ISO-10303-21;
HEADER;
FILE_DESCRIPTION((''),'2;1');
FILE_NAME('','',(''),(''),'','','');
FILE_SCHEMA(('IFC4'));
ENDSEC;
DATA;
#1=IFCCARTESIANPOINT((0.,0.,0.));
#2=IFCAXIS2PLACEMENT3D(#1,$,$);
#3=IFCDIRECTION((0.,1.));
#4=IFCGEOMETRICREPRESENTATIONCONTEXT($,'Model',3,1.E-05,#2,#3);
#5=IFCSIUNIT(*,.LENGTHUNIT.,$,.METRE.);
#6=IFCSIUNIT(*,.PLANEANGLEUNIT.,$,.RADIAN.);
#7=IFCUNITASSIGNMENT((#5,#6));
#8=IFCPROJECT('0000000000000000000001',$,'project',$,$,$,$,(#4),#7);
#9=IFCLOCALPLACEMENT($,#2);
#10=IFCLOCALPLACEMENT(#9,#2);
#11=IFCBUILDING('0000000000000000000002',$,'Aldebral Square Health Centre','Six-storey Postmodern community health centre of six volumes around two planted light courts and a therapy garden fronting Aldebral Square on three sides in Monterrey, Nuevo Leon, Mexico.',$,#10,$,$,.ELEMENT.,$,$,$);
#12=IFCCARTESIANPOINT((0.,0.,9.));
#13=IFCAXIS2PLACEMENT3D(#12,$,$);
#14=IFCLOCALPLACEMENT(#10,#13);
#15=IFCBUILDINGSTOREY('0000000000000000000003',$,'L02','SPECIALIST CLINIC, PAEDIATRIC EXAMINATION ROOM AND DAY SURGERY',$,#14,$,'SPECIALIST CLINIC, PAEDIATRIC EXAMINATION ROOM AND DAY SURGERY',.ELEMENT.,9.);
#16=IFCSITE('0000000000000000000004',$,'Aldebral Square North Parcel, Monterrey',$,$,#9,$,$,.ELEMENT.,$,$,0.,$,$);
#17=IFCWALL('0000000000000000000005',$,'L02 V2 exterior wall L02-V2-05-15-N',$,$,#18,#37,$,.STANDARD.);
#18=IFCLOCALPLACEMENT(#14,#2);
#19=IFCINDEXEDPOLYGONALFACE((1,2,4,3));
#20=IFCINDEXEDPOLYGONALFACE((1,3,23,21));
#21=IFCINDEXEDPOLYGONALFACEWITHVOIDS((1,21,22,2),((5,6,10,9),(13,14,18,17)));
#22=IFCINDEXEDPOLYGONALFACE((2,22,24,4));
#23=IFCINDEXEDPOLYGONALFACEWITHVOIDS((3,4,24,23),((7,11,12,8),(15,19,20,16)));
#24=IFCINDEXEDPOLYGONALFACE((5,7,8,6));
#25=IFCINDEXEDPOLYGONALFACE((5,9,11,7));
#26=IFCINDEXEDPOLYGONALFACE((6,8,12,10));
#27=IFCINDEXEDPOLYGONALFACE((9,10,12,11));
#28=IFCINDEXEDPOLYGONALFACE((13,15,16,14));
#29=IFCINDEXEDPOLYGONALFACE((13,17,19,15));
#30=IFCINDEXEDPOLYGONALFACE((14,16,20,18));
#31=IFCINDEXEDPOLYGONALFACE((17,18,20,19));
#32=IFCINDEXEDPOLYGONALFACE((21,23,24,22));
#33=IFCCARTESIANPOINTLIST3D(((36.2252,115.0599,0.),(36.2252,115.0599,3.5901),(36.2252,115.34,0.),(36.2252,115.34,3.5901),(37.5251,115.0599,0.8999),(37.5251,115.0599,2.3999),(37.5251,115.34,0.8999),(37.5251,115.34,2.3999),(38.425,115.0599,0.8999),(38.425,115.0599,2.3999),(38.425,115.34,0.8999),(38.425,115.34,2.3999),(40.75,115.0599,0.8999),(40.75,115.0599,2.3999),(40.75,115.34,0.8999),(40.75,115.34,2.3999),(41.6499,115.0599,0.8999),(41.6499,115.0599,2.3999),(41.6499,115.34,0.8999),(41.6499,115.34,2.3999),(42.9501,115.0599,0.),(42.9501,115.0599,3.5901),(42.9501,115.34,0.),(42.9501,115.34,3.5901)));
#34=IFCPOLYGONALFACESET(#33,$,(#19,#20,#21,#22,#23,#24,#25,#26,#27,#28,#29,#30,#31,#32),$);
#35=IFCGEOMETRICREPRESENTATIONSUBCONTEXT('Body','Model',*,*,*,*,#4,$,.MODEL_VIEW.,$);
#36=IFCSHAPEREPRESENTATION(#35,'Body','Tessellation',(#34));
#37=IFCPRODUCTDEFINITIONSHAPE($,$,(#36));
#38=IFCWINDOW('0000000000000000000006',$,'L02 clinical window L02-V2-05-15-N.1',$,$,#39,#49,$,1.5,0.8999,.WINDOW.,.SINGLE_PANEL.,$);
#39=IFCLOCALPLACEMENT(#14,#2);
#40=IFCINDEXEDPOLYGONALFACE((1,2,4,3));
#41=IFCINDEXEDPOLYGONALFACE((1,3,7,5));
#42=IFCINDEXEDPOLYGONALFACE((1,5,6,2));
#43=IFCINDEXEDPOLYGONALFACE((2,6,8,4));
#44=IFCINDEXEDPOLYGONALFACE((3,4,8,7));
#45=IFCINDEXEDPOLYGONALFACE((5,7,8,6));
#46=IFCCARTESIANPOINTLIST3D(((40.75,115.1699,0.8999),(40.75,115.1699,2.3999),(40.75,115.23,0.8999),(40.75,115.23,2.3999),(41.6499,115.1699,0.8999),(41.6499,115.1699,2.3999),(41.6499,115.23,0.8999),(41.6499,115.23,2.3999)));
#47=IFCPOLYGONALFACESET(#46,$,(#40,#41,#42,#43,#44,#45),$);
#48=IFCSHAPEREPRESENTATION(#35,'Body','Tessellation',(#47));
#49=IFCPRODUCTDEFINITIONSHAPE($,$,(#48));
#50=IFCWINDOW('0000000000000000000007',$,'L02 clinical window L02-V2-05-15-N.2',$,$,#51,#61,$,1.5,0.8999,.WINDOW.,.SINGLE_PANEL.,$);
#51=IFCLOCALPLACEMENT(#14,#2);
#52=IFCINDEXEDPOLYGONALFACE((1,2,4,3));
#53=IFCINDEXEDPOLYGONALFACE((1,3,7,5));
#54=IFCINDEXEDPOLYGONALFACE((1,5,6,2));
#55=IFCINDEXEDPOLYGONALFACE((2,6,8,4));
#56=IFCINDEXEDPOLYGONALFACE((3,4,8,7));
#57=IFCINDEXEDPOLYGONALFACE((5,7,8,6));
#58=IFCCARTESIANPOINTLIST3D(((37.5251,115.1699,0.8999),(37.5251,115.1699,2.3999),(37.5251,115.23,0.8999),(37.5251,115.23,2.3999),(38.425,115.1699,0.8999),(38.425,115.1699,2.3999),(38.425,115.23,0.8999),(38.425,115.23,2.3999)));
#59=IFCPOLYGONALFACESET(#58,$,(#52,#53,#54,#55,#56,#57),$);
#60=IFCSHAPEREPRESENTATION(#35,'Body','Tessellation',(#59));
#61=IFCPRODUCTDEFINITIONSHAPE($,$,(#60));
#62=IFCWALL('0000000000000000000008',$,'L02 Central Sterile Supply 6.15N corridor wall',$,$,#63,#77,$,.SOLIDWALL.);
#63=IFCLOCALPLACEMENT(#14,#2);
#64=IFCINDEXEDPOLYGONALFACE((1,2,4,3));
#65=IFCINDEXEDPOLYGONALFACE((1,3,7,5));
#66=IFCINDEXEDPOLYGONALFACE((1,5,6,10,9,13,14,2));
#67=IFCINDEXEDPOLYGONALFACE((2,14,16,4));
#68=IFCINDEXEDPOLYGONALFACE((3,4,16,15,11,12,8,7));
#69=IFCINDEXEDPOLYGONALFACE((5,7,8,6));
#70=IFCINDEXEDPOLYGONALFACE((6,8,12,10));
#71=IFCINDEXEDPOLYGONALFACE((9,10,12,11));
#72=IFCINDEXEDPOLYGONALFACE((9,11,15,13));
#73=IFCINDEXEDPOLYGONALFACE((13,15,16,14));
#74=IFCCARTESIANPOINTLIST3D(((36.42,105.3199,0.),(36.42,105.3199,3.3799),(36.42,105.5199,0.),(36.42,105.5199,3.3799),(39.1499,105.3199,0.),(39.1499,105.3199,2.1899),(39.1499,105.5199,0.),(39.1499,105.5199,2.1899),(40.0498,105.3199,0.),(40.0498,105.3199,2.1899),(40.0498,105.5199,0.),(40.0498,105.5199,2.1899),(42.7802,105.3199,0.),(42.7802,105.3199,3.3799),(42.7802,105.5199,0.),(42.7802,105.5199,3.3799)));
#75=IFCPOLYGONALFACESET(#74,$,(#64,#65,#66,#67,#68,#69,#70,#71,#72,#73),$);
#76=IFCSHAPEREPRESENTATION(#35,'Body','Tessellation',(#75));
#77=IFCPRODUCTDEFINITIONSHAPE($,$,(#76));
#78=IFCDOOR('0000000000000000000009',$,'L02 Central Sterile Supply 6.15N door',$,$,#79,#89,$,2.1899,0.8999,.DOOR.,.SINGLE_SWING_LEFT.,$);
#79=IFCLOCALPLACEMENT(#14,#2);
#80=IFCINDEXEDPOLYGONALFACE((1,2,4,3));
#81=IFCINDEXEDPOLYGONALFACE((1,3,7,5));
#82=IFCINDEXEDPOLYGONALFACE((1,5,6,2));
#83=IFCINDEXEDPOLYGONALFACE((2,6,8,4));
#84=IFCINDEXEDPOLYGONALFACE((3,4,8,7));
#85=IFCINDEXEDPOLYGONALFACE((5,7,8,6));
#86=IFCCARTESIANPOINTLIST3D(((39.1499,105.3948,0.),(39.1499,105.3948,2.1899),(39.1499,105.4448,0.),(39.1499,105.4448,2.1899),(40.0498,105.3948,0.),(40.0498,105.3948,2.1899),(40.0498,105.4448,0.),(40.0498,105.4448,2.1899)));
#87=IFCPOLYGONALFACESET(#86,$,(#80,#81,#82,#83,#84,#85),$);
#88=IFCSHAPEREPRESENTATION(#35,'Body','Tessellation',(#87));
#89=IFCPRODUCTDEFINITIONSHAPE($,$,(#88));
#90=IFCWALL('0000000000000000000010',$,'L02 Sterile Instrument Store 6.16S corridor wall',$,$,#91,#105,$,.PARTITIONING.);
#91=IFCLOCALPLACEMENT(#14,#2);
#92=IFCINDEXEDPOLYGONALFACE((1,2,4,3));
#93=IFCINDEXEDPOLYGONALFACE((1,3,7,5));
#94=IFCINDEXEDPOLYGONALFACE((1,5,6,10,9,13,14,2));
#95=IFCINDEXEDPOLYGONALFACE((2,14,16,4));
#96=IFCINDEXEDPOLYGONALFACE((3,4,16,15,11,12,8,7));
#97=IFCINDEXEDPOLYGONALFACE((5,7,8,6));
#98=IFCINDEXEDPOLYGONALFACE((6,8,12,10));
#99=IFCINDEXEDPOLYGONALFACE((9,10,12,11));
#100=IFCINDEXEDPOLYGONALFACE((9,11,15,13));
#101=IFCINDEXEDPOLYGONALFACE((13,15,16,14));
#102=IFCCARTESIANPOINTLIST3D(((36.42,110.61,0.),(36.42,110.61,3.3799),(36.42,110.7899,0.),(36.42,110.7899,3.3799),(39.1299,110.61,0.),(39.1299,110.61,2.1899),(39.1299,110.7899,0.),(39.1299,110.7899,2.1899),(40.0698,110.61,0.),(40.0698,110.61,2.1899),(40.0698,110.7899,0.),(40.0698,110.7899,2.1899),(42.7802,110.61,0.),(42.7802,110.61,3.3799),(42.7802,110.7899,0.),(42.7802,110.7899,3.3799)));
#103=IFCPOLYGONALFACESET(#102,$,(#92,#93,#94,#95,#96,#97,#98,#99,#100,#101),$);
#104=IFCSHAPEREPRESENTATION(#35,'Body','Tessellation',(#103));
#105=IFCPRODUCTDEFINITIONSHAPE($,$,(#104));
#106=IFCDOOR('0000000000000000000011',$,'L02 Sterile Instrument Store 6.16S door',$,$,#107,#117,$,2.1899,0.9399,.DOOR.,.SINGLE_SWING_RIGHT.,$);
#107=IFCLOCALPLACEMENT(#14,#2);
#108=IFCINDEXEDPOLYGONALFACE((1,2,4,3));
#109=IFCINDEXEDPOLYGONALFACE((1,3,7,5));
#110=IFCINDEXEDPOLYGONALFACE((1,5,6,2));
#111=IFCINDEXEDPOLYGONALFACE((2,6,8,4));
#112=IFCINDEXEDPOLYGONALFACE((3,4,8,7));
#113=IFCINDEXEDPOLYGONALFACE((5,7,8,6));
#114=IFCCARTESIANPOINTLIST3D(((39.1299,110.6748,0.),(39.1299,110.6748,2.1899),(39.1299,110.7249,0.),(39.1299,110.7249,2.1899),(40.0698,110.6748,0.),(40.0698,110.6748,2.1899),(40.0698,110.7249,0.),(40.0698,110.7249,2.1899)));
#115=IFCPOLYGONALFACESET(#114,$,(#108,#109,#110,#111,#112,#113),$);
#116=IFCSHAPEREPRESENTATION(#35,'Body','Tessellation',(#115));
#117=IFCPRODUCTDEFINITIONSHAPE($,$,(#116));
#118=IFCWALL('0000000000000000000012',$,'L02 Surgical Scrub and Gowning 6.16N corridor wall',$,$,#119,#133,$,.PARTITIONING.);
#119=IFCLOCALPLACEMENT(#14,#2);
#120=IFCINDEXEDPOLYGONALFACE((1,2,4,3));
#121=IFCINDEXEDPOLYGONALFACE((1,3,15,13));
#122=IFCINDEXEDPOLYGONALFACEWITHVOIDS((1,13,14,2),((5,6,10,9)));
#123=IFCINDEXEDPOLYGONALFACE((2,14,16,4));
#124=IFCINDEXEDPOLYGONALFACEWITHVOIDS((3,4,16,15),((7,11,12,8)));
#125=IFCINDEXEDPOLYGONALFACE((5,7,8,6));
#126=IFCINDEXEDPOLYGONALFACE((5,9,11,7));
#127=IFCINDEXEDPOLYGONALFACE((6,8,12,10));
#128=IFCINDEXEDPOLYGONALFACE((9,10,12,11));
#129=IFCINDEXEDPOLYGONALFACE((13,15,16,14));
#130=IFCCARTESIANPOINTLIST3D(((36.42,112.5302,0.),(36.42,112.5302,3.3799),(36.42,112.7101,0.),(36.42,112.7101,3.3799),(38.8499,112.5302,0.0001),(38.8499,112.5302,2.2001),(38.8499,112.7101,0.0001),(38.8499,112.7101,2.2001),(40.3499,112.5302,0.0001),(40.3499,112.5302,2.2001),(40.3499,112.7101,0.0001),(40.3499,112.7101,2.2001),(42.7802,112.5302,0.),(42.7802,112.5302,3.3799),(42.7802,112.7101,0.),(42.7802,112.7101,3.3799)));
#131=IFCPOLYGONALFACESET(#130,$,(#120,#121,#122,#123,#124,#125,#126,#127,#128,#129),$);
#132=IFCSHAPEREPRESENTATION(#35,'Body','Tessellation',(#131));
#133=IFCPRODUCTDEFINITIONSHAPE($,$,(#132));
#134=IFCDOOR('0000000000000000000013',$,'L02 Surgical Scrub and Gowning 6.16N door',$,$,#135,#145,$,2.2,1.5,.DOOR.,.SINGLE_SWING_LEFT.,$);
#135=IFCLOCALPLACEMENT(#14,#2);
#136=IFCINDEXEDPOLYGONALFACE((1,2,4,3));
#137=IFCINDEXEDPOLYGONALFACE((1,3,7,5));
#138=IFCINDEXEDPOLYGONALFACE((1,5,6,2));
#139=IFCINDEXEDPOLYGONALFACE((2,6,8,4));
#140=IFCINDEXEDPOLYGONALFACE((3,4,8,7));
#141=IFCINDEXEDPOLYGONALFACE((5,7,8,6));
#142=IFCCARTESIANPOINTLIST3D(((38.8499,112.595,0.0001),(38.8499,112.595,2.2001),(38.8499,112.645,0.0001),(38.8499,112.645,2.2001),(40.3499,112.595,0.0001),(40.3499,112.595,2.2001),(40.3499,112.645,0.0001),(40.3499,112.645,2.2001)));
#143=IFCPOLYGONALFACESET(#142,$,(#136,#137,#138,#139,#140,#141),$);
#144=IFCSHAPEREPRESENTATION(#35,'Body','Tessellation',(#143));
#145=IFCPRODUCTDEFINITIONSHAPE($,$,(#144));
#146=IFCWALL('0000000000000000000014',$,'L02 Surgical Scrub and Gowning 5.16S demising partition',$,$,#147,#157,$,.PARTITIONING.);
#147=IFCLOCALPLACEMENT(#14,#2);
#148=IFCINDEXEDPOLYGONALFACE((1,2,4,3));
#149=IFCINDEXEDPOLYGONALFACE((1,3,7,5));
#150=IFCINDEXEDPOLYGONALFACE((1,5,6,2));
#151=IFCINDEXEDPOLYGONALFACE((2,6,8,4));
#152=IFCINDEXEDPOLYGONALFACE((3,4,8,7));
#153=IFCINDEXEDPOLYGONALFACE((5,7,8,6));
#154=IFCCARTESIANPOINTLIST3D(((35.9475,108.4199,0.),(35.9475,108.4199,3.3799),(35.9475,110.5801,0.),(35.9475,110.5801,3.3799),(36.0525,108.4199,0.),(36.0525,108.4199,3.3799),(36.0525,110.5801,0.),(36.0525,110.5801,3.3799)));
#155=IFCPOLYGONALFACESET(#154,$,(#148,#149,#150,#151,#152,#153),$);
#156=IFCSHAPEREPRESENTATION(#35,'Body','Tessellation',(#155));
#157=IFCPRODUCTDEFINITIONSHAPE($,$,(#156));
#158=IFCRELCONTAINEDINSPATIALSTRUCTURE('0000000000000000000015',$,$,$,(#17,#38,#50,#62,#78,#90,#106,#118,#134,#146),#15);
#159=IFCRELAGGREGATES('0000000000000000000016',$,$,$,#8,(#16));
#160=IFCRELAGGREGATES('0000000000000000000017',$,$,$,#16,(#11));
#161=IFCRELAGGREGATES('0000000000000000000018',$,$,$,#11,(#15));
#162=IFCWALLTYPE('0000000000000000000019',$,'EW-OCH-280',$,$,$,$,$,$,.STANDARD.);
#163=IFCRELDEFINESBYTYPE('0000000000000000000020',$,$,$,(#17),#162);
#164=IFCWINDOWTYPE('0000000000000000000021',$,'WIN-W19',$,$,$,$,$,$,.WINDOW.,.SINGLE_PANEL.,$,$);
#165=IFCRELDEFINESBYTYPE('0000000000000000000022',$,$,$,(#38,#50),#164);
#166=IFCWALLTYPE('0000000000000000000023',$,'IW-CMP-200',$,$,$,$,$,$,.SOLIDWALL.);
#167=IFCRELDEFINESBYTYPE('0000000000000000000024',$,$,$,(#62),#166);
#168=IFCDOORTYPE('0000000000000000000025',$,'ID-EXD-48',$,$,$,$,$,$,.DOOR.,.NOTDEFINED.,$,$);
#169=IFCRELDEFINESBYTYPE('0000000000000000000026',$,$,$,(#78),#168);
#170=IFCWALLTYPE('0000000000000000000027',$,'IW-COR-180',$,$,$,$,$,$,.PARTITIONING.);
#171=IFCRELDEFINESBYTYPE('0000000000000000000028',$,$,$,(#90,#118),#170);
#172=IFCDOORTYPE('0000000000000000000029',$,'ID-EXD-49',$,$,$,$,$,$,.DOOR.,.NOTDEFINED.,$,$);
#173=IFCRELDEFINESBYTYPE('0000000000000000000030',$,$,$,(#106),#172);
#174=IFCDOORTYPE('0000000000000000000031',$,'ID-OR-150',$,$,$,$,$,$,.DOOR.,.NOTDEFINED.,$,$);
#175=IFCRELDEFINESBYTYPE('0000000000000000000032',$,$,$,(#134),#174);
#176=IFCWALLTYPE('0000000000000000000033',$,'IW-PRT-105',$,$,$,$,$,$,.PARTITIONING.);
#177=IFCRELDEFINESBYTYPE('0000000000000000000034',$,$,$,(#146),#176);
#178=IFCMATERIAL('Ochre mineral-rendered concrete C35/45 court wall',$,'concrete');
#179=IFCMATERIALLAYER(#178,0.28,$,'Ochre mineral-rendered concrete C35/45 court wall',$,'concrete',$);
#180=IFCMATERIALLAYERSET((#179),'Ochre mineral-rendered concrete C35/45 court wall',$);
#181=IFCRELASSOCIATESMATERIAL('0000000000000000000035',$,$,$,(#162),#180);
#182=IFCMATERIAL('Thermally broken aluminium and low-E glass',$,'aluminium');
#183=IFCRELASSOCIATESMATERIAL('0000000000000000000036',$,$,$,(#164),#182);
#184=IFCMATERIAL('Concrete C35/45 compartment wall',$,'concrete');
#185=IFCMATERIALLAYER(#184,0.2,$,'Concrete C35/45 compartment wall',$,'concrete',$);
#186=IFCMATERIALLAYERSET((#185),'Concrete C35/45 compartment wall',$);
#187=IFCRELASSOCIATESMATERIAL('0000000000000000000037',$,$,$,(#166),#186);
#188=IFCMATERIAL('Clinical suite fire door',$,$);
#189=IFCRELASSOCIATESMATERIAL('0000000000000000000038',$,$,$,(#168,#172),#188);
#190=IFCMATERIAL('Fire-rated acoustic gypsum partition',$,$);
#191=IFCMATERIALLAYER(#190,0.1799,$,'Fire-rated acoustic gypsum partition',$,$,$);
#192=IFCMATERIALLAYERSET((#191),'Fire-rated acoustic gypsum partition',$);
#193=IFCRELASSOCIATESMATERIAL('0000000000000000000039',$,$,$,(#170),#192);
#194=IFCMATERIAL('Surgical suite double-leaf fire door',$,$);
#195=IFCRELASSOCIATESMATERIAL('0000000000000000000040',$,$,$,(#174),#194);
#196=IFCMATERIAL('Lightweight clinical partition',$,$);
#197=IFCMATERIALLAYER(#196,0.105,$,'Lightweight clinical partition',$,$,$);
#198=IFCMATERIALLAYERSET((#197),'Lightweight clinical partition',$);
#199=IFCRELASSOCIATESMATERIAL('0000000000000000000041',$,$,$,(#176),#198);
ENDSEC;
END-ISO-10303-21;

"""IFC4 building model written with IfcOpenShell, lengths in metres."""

from ifc_helpers import new_model, si_unit, direction, frame, frame_2d, origin, place, context, subcontext, project, spatial, rectangle, extrude, material, layer, layer_set, type_object, element, fill, save


model = new_model("IFC4")

# Units and contexts
model_context = context("Model", 3, precision=1e-05, world=origin(), true_north=direction((0.0, 1.0)))
body_context = subcontext(model_context, "Body", "Model", "MODEL_VIEW")
ifc_project = project(units=[si_unit("LENGTHUNIT", "METRE"), si_unit("PLANEANGLEUNIT", "RADIAN")], contexts=[model_context])

# Site, building, storey
site_placement = place(None, origin())
site = spatial("IfcSite", under=ifc_project, at=site_placement, Name="Aldebral Square North Parcel, Monterrey", CompositionType="ELEMENT", RefElevation=0.0)
building_placement = place(site_placement, origin())
building = spatial("IfcBuilding", under=site, at=building_placement, Name="Aldebral Square Health Centre", Description="Six-storey Postmodern community health centre of six volumes around two planted light courts and a therapy garden fronting Aldebral Square on three sides in Monterrey, Nuevo Leon, Mexico.", CompositionType="ELEMENT")
storey_placement = place(building_placement, frame((0.0, 0.0, 9.0)))
storey = spatial("IfcBuildingStorey", under=building, at=storey_placement, Name="L02", Description="SPECIALIST CLINIC, PAEDIATRIC EXAMINATION ROOM AND DAY SURGERY", LongName="SPECIALIST CLINIC, PAEDIATRIC EXAMINATION ROOM AND DAY SURGERY", CompositionType="ELEMENT", Elevation=9.0)

# Wall, openings, windows
ifc_material_1 = material(Name="Ochre mineral-rendered concrete C35/45 court wall", Category="concrete")
ifc_layer_1 = layer(ifc_material_1, 0.28, Name="Ochre mineral-rendered concrete C35/45 court wall", Category="concrete")
ifc_layer_set_1 = layer_set([ifc_layer_1], Name="Ochre mineral-rendered concrete C35/45 court wall")
wall_type_1 = type_object("IfcWallType", Name="EW-OCH-280", PredefinedType="STANDARD", material=ifc_layer_set_1)
wall_1_placement = place(storey_placement, frame((42.95, 115.2, 0.0), z_axis=(0.0, 0.0, 1.0), x_axis=(-1.0, 0.0, 0.0)))
wall_1 = element("IfcWall", 1, at=wall_1_placement, inside=storey, type_object=wall_type_1, Name="L02 V2 exterior wall L02-V2-05-15-N", PredefinedType="STANDARD", context=body_context, shape_type="SweptSolid", body=[
    extrude(rectangle(XDim=6.7249, YDim=0.28, at=frame_2d((3.3623, 0.0))), origin(), (0.0, 0.0, 1.0), 3.5901),
])
opening_1_placement = place(wall_1_placement, frame((1.3, 0.0, 0.8999)))
opening_1 = element("IfcOpeningElement", 2, at=opening_1_placement, cuts=wall_1, PredefinedType="OPENING", context=body_context, shape_type="SweptSolid", body=[
    extrude(rectangle(XDim=0.8999, YDim=1.5, at=frame_2d((0.45, 0.75))), frame((0.0, 0.1499, 0.0), z_axis=(0.0, -1.0, 0.0), x_axis=(1.0, 0.0, 0.0)), (0.0, 0.0, 1.0), 0.3),
])
opening_2_placement = place(wall_1_placement, frame((4.5249, 0.0, 0.8999)))
opening_2 = element("IfcOpeningElement", 3, at=opening_2_placement, cuts=wall_1, PredefinedType="OPENING", context=body_context, shape_type="SweptSolid", body=[
    extrude(rectangle(XDim=0.8999, YDim=1.5, at=frame_2d((0.45, 0.75))), frame((0.0, 0.1499, 0.0), z_axis=(0.0, -1.0, 0.0), x_axis=(1.0, 0.0, 0.0)), (0.0, 0.0, 1.0), 0.3),
])
ifc_material_2 = material(Name="Thermally broken aluminium and low-E glass", Category="aluminium")
window_type = type_object("IfcWindowType", Name="WIN-W19", PartitioningType="SINGLE_PANEL", PredefinedType="WINDOW", material=ifc_material_2)
window_1_placement = place(opening_1_placement, origin())
window_1 = element("IfcWindow", 4, at=window_1_placement, inside=storey, type_object=window_type, Name="L02 clinical window L02-V2-05-15-N.1", OverallHeight=1.5, OverallWidth=0.8999, PartitioningType="SINGLE_PANEL", PredefinedType="WINDOW", context=body_context, shape_type="SweptSolid", body=[
    extrude(rectangle(XDim=0.8999, YDim=1.5, at=frame_2d((0.45, 0.75))), frame((0.0, 0.03, 0.0), z_axis=(0.0, -1.0, 0.0), x_axis=(1.0, 0.0, 0.0)), (0.0, 0.0, 1.0), 0.0601),
])
fill(opening_1, window_1)
window_2_placement = place(opening_2_placement, origin())
window_2 = element("IfcWindow", 5, at=window_2_placement, inside=storey, type_object=window_type, Name="L02 clinical window L02-V2-05-15-N.2", OverallHeight=1.5, OverallWidth=0.8999, PartitioningType="SINGLE_PANEL", PredefinedType="WINDOW", context=body_context, shape_type="SweptSolid", body=[
    extrude(rectangle(XDim=0.8999, YDim=1.5, at=frame_2d((0.45, 0.75))), frame((0.0, 0.03, 0.0), z_axis=(0.0, -1.0, 0.0), x_axis=(1.0, 0.0, 0.0)), (0.0, 0.0, 1.0), 0.0601),
])
fill(opening_2, window_2)

# Walls, openings, doors
ifc_material_3 = material(Name="Concrete C35/45 compartment wall", Category="concrete")
ifc_layer_2 = layer(ifc_material_3, 0.2, Name="Concrete C35/45 compartment wall", Category="concrete")
ifc_layer_set_2 = layer_set([ifc_layer_2], Name="Concrete C35/45 compartment wall")
wall_type_2 = type_object("IfcWallType", Name="IW-CMP-200", PredefinedType="SOLIDWALL", material=ifc_layer_set_2)
wall_2_placement = place(storey_placement, frame((36.4199, 105.4199, 0.0), z_axis=(0.0, 0.0, 1.0), x_axis=(1.0, 0.0, 0.0)))
wall_2 = element("IfcWall", 6, at=wall_2_placement, inside=storey, type_object=wall_type_2, Name="L02 Central Sterile Supply 6.15N corridor wall", PredefinedType="SOLIDWALL", context=body_context, shape_type="SweptSolid", body=[
    extrude(rectangle(XDim=6.3601, YDim=0.2, at=frame_2d((3.1802, 0.0))), origin(), (0.0, 0.0, 1.0), 3.3799),
])
opening_3_placement = place(wall_2_placement, frame((2.73, 0.0, 0.0)))
opening_3 = element("IfcOpeningElement", 7, at=opening_3_placement, cuts=wall_2, PredefinedType="OPENING", context=body_context, shape_type="SweptSolid", body=[
    extrude(rectangle(XDim=0.8999, YDim=2.1899, at=frame_2d((0.45, 1.095))), frame((0.0, 0.1099, 0.0), z_axis=(0.0, -1.0, 0.0), x_axis=(1.0, 0.0, 0.0)), (0.0, 0.0, 1.0), 0.22),
])
ifc_material_4 = material(Name="Clinical suite fire door")
door_type_1 = type_object("IfcDoorType", Name="ID-EXD-48", OperationType="NOTDEFINED", PredefinedType="DOOR", material=ifc_material_4)
door_1_placement = place(opening_3_placement, origin())
door_1 = element("IfcDoor", 8, at=door_1_placement, inside=storey, type_object=door_type_1, Name="L02 Central Sterile Supply 6.15N door", OperationType="SINGLE_SWING_LEFT", OverallHeight=2.1899, OverallWidth=0.8999, PredefinedType="DOOR", context=body_context, shape_type="SweptSolid", body=[
    extrude(rectangle(XDim=0.8999, YDim=2.1899, at=frame_2d((0.45, 1.095))), frame((0.0, 0.0249, 0.0), z_axis=(0.0, -1.0, 0.0), x_axis=(1.0, 0.0, 0.0)), (0.0, 0.0, 1.0), 0.05),
])
fill(opening_3, door_1)
ifc_material_5 = material(Name="Fire-rated acoustic gypsum partition")
ifc_layer_3 = layer(ifc_material_5, 0.1799, Name="Fire-rated acoustic gypsum partition")
ifc_layer_set_3 = layer_set([ifc_layer_3], Name="Fire-rated acoustic gypsum partition")
wall_type_3 = type_object("IfcWallType", Name="IW-COR-180", PredefinedType="PARTITIONING", material=ifc_layer_set_3)
wall_3_placement = place(storey_placement, frame((36.4199, 110.7, 0.0), z_axis=(0.0, 0.0, 1.0), x_axis=(1.0, 0.0, 0.0)))
wall_3 = element("IfcWall", 9, at=wall_3_placement, inside=storey, type_object=wall_type_3, Name="L02 Sterile Instrument Store 6.16S corridor wall", PredefinedType="PARTITIONING", context=body_context, shape_type="SweptSolid", body=[
    extrude(rectangle(XDim=6.3601, YDim=0.1799, at=frame_2d((3.1802, 0.0))), origin(), (0.0, 0.0, 1.0), 3.3799),
])
opening_4_placement = place(wall_3_placement, frame((2.71, 0.0, 0.0)))
opening_4 = element("IfcOpeningElement", 10, at=opening_4_placement, cuts=wall_3, PredefinedType="OPENING", context=body_context, shape_type="SweptSolid", body=[
    extrude(rectangle(XDim=0.9399, YDim=2.1899, at=frame_2d((0.47, 1.095))), frame((0.0, 0.1001, 0.0), z_axis=(0.0, -1.0, 0.0), x_axis=(1.0, 0.0, 0.0)), (0.0, 0.0, 1.0), 0.2),
])
door_type_2 = type_object("IfcDoorType", Name="ID-EXD-49", OperationType="NOTDEFINED", PredefinedType="DOOR", material=ifc_material_4)
door_2_placement = place(opening_4_placement, origin())
door_2 = element("IfcDoor", 11, at=door_2_placement, inside=storey, type_object=door_type_2, Name="L02 Sterile Instrument Store 6.16S door", OperationType="SINGLE_SWING_RIGHT", OverallHeight=2.1899, OverallWidth=0.9399, PredefinedType="DOOR", context=body_context, shape_type="SweptSolid", body=[
    extrude(rectangle(XDim=0.9399, YDim=2.1899, at=frame_2d((0.47, 1.095))), frame((0.0, 0.0249, 0.0), z_axis=(0.0, -1.0, 0.0), x_axis=(1.0, 0.0, 0.0)), (0.0, 0.0, 1.0), 0.05),
])
fill(opening_4, door_2)
wall_4_placement = place(storey_placement, frame((36.4199, 112.6201, 0.0), z_axis=(0.0, 0.0, 1.0), x_axis=(1.0, 0.0, 0.0)))
wall_4 = element("IfcWall", 12, at=wall_4_placement, inside=storey, type_object=wall_type_3, Name="L02 Surgical Scrub and Gowning 6.16N corridor wall", PredefinedType="PARTITIONING", context=body_context, shape_type="SweptSolid", body=[
    extrude(rectangle(XDim=6.3601, YDim=0.1799, at=frame_2d((3.1802, 0.0))), origin(), (0.0, 0.0, 1.0), 3.3799),
])
opening_5_placement = place(wall_4_placement, frame((2.4299, 0.0, 0.0)))
opening_5 = element("IfcOpeningElement", 13, at=opening_5_placement, cuts=wall_4, PredefinedType="OPENING", context=body_context, shape_type="SweptSolid", body=[
    extrude(rectangle(XDim=1.5, YDim=2.2, at=frame_2d((0.75, 1.1001))), frame((0.0, 0.1001, 0.0), z_axis=(0.0, -1.0, 0.0), x_axis=(1.0, 0.0, 0.0)), (0.0, 0.0, 1.0), 0.2),
])
ifc_material_6 = material(Name="Surgical suite double-leaf fire door")
door_type_3 = type_object("IfcDoorType", Name="ID-OR-150", OperationType="NOTDEFINED", PredefinedType="DOOR", material=ifc_material_6)
door_3_placement = place(opening_5_placement, origin())
door_3 = element("IfcDoor", 14, at=door_3_placement, inside=storey, type_object=door_type_3, Name="L02 Surgical Scrub and Gowning 6.16N door", OperationType="SINGLE_SWING_LEFT", OverallHeight=2.2, OverallWidth=1.5, PredefinedType="DOOR", context=body_context, shape_type="SweptSolid", body=[
    extrude(rectangle(XDim=1.5, YDim=2.2, at=frame_2d((0.75, 1.1001))), frame((0.0, 0.0249, 0.0), z_axis=(0.0, -1.0, 0.0), x_axis=(1.0, 0.0, 0.0)), (0.0, 0.0, 1.0), 0.05),
])
fill(opening_5, door_3)

# Wall
ifc_material_7 = material(Name="Lightweight clinical partition")
ifc_layer_4 = layer(ifc_material_7, 0.105, Name="Lightweight clinical partition")
ifc_layer_set_4 = layer_set([ifc_layer_4], Name="Lightweight clinical partition")
wall_type_4 = type_object("IfcWallType", Name="IW-PRT-105", PredefinedType="PARTITIONING", material=ifc_layer_set_4)
wall_5_placement = place(storey_placement, frame((36.0, 108.4199, 0.0), z_axis=(0.0, 0.0, 1.0), x_axis=(0.0, 1.0, 0.0)))
element("IfcWall", 15, at=wall_5_placement, inside=storey, type_object=wall_type_4, Name="L02 Surgical Scrub and Gowning 5.16S demising partition", PredefinedType="PARTITIONING", context=body_context, shape_type="SweptSolid", body=[
    extrude(rectangle(XDim=2.1602, YDim=0.105, at=frame_2d((1.0801, 0.0))), origin(), (0.0, 0.0, 1.0), 3.3799),
])

save(model, "model.ifc")
